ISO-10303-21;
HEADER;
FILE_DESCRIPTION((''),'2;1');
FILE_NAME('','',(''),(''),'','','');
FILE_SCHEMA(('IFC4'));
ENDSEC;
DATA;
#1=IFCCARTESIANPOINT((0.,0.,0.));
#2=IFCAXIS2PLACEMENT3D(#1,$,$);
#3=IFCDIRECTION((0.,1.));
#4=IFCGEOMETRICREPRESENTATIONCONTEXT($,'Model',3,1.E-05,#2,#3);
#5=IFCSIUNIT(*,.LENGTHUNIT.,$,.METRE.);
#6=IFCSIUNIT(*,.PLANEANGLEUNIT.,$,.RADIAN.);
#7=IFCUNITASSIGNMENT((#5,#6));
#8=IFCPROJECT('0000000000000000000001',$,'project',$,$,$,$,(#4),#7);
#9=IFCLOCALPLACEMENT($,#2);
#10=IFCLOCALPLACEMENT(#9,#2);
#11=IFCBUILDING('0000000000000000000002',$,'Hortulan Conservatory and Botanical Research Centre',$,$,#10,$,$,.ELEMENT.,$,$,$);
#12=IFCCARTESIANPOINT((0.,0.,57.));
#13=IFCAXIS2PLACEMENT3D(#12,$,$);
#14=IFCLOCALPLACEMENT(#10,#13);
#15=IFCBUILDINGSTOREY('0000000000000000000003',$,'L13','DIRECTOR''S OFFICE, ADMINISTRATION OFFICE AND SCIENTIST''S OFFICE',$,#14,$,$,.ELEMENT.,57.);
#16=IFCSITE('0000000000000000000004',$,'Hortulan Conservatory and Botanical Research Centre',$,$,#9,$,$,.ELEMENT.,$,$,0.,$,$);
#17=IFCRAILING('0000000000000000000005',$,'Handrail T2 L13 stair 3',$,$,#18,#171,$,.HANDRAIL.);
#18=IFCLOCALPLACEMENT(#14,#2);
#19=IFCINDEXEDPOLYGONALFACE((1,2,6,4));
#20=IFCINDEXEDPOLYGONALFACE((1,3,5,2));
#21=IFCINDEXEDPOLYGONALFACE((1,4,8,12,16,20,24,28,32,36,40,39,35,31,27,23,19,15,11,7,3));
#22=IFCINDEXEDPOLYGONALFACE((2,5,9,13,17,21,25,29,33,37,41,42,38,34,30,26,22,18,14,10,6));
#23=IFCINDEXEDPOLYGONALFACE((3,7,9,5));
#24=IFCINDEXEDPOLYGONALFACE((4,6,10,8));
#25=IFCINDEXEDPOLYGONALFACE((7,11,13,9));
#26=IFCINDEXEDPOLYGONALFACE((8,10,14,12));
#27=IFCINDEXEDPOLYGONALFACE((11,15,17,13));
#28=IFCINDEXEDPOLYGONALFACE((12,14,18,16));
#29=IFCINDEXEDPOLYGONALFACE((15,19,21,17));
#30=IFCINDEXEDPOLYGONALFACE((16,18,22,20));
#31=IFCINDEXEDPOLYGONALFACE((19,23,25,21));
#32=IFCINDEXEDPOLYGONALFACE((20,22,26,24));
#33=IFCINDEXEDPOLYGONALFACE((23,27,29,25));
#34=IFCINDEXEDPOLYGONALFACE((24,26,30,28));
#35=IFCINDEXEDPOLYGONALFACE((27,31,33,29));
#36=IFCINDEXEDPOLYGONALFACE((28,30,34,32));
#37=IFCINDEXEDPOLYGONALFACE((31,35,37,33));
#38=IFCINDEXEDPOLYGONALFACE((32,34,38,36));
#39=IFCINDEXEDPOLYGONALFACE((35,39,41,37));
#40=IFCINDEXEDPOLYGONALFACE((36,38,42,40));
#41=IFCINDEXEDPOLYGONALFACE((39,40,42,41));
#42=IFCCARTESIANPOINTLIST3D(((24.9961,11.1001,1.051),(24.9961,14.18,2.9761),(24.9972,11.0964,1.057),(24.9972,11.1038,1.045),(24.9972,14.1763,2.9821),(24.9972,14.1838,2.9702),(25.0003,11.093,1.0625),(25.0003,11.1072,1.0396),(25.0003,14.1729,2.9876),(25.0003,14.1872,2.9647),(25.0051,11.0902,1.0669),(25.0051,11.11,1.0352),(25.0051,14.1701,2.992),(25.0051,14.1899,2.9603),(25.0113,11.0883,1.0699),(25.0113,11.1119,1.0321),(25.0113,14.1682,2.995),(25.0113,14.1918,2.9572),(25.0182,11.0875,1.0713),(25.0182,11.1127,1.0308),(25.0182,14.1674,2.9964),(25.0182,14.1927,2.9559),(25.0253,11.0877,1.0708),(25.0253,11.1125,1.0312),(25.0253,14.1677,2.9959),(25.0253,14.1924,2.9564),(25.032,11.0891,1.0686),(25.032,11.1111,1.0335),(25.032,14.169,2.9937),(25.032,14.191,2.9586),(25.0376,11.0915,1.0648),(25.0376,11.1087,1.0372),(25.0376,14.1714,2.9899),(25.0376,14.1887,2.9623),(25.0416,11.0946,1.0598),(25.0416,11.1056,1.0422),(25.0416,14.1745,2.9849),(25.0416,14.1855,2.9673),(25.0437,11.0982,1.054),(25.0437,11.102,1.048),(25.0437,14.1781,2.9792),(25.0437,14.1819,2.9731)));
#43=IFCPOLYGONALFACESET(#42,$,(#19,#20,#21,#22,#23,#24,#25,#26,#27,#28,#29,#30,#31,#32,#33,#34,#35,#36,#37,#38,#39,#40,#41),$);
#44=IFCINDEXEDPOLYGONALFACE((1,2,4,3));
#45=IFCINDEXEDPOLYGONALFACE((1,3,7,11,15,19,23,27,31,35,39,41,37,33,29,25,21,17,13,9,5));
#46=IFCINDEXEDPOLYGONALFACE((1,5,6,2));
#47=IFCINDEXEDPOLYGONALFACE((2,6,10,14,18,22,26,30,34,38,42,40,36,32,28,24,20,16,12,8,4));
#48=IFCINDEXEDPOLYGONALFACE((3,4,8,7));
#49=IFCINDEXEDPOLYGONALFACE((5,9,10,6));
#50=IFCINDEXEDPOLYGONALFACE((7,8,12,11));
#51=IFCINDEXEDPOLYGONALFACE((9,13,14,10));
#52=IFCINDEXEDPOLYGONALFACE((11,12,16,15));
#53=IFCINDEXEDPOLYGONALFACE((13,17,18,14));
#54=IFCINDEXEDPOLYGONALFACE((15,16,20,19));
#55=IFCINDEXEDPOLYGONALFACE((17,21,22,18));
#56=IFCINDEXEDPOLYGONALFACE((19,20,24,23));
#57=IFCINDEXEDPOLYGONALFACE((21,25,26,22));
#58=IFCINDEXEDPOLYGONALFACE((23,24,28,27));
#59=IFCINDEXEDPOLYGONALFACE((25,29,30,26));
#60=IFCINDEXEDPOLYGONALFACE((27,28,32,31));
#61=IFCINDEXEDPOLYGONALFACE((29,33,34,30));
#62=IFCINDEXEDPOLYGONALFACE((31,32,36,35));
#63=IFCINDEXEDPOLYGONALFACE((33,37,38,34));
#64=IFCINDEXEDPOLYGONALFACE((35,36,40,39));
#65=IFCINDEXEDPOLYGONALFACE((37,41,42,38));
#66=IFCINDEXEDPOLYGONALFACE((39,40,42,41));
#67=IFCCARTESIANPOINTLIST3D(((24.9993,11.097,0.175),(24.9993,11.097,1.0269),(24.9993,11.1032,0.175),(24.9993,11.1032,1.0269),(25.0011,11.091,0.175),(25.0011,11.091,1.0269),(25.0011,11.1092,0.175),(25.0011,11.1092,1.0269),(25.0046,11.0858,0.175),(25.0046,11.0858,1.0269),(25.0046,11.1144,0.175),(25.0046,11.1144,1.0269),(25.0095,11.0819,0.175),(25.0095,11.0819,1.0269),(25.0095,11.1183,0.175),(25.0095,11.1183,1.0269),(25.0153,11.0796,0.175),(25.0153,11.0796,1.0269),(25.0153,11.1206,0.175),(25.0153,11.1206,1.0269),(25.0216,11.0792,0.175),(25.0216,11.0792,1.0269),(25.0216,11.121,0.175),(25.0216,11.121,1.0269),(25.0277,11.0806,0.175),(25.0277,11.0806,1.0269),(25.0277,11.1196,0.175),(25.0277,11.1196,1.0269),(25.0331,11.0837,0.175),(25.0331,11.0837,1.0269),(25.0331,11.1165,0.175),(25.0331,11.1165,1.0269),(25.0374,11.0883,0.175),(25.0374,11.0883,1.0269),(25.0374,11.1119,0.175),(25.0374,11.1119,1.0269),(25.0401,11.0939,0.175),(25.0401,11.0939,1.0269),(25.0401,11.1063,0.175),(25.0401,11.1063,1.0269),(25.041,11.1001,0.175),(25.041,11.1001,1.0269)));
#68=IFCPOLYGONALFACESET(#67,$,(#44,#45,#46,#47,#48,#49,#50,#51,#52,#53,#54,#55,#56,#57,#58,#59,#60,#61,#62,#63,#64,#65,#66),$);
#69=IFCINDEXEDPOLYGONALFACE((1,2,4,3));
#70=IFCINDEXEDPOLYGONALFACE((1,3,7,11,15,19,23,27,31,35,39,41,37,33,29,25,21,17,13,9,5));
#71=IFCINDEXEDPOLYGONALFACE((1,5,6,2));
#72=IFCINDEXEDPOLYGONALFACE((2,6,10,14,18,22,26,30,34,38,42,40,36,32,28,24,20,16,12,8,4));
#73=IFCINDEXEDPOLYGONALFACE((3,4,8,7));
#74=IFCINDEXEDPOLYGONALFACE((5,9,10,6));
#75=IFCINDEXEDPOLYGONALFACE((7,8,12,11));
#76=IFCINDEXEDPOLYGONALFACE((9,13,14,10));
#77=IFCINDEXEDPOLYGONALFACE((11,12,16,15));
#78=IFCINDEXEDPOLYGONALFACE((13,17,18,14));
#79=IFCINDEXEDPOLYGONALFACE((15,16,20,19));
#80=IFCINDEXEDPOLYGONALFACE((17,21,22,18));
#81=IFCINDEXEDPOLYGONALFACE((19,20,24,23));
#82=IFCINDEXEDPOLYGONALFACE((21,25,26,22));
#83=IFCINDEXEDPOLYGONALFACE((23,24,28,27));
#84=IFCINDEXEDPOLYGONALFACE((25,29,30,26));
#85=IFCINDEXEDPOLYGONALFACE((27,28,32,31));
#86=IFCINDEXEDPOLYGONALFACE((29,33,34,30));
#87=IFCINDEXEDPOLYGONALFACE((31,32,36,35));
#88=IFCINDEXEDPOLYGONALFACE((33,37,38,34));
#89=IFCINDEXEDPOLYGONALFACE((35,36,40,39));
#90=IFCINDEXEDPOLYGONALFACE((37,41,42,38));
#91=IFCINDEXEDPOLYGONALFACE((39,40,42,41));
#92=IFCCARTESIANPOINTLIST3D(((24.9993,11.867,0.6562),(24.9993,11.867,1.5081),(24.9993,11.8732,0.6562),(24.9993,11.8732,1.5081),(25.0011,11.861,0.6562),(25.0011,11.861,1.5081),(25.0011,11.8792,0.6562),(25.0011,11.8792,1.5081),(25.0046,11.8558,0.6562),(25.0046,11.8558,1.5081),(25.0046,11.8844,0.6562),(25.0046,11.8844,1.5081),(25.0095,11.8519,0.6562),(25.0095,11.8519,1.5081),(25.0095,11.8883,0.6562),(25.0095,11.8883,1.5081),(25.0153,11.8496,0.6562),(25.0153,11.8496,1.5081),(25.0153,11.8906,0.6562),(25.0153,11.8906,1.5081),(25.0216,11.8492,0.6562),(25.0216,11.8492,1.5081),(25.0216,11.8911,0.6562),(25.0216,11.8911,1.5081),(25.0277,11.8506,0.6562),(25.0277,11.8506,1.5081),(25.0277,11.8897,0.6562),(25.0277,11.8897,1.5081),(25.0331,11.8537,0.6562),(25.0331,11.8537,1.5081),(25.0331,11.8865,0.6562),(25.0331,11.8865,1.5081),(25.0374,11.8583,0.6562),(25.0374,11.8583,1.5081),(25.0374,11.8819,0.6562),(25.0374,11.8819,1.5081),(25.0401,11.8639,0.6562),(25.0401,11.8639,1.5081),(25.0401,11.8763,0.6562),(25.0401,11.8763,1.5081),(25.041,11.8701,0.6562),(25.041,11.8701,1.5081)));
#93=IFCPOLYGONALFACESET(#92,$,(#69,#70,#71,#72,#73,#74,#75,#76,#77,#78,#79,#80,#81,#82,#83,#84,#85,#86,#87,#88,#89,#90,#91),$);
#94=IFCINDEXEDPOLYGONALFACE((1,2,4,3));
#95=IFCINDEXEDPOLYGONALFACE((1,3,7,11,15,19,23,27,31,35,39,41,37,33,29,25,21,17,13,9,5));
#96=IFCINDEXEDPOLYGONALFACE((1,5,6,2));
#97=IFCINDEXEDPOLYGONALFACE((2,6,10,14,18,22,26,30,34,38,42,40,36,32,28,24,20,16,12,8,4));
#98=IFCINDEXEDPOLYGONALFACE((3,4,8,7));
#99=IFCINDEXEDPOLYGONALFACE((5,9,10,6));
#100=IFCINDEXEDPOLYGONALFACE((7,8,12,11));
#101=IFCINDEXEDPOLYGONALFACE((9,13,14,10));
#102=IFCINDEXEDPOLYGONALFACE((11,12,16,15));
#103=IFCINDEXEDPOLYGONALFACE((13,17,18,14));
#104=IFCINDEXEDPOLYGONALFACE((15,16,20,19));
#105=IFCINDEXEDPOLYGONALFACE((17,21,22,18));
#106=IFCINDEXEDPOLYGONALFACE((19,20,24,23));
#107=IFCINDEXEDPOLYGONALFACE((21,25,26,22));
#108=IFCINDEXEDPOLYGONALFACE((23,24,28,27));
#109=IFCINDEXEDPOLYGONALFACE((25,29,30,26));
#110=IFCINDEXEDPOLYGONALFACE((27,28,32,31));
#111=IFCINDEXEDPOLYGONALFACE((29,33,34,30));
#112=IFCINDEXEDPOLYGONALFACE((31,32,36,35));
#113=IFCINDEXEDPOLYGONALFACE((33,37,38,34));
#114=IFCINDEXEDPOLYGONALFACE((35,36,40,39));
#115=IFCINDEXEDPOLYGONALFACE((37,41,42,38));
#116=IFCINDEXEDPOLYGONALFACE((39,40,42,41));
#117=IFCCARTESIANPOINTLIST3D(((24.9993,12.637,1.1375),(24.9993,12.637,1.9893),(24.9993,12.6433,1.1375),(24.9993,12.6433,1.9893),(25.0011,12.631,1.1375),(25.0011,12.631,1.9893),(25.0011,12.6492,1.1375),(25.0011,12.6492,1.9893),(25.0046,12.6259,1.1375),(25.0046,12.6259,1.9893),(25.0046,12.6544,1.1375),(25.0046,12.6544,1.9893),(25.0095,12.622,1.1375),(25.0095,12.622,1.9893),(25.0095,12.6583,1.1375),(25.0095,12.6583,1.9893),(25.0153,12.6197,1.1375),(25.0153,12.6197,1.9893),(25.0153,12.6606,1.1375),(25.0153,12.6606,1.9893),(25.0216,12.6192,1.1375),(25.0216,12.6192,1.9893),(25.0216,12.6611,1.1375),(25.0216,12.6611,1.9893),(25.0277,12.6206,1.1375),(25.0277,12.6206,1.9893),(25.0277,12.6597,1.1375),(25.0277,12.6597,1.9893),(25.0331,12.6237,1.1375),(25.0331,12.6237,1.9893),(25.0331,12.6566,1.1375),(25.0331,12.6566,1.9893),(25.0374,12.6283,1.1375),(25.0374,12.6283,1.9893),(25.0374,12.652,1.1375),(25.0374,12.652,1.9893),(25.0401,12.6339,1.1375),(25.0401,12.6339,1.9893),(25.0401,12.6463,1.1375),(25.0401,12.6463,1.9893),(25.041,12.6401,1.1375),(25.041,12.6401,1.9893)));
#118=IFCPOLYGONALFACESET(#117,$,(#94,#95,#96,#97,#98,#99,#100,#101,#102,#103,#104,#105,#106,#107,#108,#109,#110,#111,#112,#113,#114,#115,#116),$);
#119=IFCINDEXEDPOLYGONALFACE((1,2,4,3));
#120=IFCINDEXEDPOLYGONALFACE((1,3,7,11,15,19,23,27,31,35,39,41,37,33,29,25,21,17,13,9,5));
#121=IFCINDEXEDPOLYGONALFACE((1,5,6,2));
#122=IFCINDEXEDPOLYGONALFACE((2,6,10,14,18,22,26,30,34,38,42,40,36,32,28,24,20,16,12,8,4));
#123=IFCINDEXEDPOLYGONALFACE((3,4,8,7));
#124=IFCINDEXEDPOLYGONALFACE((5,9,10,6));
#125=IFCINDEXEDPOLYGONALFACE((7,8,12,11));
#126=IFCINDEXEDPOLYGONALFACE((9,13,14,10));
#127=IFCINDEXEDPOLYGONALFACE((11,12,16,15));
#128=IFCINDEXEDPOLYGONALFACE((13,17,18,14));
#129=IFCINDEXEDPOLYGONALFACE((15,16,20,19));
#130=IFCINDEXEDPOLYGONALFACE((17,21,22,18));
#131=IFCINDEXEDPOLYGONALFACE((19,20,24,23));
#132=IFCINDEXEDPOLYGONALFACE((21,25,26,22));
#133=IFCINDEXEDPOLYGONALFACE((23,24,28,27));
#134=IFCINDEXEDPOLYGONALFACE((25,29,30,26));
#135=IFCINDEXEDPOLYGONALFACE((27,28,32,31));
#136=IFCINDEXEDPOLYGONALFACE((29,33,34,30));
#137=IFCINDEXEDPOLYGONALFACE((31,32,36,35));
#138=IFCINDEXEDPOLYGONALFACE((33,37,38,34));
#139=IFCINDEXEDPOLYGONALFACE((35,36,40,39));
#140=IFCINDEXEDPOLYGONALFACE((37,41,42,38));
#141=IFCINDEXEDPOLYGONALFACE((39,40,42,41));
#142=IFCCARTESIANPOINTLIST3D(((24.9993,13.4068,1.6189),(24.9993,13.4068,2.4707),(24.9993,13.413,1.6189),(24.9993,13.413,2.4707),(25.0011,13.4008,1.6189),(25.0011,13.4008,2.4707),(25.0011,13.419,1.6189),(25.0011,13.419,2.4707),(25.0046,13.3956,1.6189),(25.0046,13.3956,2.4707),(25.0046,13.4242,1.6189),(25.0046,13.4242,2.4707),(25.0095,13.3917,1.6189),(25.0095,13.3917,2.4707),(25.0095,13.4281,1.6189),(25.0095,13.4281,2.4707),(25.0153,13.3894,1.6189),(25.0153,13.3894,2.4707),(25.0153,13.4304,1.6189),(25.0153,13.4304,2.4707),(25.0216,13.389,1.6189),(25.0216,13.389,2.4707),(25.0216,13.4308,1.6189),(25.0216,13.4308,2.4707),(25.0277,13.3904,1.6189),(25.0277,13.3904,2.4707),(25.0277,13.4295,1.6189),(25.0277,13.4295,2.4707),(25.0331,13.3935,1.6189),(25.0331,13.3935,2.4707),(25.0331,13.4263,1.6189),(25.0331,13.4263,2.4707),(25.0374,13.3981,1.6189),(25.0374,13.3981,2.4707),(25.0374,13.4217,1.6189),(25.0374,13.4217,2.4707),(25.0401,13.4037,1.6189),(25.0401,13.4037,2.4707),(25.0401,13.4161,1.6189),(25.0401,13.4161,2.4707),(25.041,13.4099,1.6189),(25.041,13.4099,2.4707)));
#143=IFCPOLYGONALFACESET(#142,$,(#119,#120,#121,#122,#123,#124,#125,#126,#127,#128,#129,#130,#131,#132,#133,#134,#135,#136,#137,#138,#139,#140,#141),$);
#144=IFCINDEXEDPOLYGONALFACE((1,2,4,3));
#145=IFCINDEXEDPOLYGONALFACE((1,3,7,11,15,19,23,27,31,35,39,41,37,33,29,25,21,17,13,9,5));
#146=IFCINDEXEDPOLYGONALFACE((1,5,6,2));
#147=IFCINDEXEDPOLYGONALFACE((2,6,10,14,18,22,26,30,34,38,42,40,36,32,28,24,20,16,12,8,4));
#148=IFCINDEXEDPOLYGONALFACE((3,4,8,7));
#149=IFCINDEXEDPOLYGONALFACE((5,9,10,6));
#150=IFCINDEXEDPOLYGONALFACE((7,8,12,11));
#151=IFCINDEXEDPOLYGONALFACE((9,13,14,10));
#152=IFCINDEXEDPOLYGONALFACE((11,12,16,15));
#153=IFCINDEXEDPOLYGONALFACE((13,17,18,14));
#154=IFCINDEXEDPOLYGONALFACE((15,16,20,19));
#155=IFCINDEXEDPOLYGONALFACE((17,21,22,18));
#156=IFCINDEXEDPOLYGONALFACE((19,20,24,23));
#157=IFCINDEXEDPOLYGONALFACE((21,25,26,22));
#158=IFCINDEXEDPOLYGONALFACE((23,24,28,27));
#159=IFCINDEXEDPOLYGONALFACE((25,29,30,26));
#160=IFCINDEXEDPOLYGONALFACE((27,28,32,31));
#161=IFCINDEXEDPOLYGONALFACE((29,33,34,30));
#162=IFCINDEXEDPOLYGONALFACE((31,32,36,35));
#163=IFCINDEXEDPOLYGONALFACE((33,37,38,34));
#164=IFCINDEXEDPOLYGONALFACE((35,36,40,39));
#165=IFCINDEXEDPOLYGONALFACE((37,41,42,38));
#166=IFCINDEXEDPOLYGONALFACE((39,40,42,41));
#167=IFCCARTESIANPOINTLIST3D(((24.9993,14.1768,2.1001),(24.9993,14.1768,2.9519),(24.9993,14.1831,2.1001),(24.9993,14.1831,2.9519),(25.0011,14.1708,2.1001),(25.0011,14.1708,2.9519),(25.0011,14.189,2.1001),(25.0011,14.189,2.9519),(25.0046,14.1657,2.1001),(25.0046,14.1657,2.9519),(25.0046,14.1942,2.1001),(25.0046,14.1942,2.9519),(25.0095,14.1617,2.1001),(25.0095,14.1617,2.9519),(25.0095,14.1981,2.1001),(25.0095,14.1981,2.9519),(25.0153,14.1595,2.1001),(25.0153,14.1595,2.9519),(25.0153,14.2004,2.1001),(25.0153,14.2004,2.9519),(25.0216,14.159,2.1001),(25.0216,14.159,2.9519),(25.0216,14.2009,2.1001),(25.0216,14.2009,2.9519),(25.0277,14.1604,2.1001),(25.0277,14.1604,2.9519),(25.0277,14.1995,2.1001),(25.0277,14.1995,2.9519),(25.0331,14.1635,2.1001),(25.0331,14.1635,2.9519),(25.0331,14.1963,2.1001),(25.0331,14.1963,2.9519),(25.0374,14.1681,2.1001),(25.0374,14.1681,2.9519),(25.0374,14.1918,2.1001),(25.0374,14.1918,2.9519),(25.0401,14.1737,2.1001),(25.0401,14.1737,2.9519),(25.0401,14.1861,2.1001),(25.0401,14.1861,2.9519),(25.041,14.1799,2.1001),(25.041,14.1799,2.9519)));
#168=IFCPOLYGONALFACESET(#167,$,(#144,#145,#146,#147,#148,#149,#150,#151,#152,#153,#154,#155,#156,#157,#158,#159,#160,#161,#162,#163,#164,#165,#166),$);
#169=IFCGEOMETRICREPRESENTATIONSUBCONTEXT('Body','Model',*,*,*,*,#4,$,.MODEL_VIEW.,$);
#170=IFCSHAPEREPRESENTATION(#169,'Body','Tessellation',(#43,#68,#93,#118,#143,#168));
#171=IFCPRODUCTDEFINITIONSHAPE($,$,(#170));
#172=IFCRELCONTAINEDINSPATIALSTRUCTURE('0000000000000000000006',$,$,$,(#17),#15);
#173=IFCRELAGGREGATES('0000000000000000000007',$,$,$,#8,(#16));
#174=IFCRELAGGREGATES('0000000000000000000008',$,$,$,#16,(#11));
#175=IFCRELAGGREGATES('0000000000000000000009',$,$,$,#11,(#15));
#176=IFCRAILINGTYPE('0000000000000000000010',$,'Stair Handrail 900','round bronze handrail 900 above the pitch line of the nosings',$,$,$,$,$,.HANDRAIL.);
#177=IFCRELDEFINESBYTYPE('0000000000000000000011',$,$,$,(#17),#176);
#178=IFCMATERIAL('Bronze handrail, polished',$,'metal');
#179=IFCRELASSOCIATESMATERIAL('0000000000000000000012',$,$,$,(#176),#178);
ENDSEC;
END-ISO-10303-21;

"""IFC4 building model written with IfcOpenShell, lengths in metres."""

from ifc_helpers import new_model, si_unit, direction, frame, origin, origin_2d, place, context, subcontext, project, spatial, circle, extrude, material, type_object, element, save


model = new_model("IFC4")

# Units and contexts
model_context = context("Model", 3, precision=1e-05, world=origin(), true_north=direction((0.0, 1.0)))
body_context = subcontext(model_context, "Body", "Model", "MODEL_VIEW")
ifc_project = project(units=[si_unit("LENGTHUNIT", "METRE"), si_unit("PLANEANGLEUNIT", "RADIAN")], contexts=[model_context])

# Site, building, storey
site_placement = place(None, origin())
site = spatial("IfcSite", under=ifc_project, at=site_placement, Name="Hortulan Conservatory and Botanical Research Centre", CompositionType="ELEMENT", RefElevation=0.0)
building_placement = place(site_placement, origin())
building = spatial("IfcBuilding", under=site, at=building_placement, Name="Hortulan Conservatory and Botanical Research Centre", CompositionType="ELEMENT")
storey_placement = place(building_placement, frame((0.0, 0.0, 57.0)))
storey = spatial("IfcBuildingStorey", under=building, at=storey_placement, Name="L13", Description="DIRECTOR'S OFFICE, ADMINISTRATION OFFICE AND SCIENTIST'S OFFICE", CompositionType="ELEMENT", Elevation=57.0)

# Railing
ifc_material_1 = material(Name="Bronze handrail, polished", Category="metal")
railing_type_1 = type_object("IfcRailingType", Name="Stair Handrail 900", Description="round bronze handrail 900 above the pitch line of the nosings", PredefinedType="HANDRAIL", material=ifc_material_1)
railing_1_placement = place(storey_placement, frame((25.02, 11.1001, 0.175)))
element("IfcRailing", 1, at=railing_1_placement, inside=storey, type_object=railing_type_1, Name="Handrail T2 L13 stair 3", PredefinedType="HANDRAIL", context=body_context, shape_type="SweptSolid", body=[
    extrude(circle(Radius=0.0239, at=origin_2d()), frame((0.0, 0.0, 0.876), z_axis=(0.0, 0.847979, 0.530029), x_axis=(-1.0, 0.0, 0.0)), (0.0, 0.0, 1.0), 3.6321),
    extrude(circle(Radius=0.021, at=origin_2d()), origin(), (0.0, 0.0, 1.0), 0.8518),
    extrude(circle(Radius=0.021, at=origin_2d()), frame((0.0, 0.77, 0.4812)), (0.0, 0.0, 1.0), 0.8518),
    extrude(circle(Radius=0.021, at=origin_2d()), frame((0.0, 1.54, 0.9624)), (0.0, 0.0, 1.0), 0.8518),
    extrude(circle(Radius=0.021, at=origin_2d()), frame((0.0, 2.3098, 1.4438)), (0.0, 0.0, 1.0), 0.8518),
    extrude(circle(Radius=0.021, at=origin_2d()), frame((0.0, 3.0798, 1.925)), (0.0, 0.0, 1.0), 0.8518),
])

save(model, "model.ifc")
